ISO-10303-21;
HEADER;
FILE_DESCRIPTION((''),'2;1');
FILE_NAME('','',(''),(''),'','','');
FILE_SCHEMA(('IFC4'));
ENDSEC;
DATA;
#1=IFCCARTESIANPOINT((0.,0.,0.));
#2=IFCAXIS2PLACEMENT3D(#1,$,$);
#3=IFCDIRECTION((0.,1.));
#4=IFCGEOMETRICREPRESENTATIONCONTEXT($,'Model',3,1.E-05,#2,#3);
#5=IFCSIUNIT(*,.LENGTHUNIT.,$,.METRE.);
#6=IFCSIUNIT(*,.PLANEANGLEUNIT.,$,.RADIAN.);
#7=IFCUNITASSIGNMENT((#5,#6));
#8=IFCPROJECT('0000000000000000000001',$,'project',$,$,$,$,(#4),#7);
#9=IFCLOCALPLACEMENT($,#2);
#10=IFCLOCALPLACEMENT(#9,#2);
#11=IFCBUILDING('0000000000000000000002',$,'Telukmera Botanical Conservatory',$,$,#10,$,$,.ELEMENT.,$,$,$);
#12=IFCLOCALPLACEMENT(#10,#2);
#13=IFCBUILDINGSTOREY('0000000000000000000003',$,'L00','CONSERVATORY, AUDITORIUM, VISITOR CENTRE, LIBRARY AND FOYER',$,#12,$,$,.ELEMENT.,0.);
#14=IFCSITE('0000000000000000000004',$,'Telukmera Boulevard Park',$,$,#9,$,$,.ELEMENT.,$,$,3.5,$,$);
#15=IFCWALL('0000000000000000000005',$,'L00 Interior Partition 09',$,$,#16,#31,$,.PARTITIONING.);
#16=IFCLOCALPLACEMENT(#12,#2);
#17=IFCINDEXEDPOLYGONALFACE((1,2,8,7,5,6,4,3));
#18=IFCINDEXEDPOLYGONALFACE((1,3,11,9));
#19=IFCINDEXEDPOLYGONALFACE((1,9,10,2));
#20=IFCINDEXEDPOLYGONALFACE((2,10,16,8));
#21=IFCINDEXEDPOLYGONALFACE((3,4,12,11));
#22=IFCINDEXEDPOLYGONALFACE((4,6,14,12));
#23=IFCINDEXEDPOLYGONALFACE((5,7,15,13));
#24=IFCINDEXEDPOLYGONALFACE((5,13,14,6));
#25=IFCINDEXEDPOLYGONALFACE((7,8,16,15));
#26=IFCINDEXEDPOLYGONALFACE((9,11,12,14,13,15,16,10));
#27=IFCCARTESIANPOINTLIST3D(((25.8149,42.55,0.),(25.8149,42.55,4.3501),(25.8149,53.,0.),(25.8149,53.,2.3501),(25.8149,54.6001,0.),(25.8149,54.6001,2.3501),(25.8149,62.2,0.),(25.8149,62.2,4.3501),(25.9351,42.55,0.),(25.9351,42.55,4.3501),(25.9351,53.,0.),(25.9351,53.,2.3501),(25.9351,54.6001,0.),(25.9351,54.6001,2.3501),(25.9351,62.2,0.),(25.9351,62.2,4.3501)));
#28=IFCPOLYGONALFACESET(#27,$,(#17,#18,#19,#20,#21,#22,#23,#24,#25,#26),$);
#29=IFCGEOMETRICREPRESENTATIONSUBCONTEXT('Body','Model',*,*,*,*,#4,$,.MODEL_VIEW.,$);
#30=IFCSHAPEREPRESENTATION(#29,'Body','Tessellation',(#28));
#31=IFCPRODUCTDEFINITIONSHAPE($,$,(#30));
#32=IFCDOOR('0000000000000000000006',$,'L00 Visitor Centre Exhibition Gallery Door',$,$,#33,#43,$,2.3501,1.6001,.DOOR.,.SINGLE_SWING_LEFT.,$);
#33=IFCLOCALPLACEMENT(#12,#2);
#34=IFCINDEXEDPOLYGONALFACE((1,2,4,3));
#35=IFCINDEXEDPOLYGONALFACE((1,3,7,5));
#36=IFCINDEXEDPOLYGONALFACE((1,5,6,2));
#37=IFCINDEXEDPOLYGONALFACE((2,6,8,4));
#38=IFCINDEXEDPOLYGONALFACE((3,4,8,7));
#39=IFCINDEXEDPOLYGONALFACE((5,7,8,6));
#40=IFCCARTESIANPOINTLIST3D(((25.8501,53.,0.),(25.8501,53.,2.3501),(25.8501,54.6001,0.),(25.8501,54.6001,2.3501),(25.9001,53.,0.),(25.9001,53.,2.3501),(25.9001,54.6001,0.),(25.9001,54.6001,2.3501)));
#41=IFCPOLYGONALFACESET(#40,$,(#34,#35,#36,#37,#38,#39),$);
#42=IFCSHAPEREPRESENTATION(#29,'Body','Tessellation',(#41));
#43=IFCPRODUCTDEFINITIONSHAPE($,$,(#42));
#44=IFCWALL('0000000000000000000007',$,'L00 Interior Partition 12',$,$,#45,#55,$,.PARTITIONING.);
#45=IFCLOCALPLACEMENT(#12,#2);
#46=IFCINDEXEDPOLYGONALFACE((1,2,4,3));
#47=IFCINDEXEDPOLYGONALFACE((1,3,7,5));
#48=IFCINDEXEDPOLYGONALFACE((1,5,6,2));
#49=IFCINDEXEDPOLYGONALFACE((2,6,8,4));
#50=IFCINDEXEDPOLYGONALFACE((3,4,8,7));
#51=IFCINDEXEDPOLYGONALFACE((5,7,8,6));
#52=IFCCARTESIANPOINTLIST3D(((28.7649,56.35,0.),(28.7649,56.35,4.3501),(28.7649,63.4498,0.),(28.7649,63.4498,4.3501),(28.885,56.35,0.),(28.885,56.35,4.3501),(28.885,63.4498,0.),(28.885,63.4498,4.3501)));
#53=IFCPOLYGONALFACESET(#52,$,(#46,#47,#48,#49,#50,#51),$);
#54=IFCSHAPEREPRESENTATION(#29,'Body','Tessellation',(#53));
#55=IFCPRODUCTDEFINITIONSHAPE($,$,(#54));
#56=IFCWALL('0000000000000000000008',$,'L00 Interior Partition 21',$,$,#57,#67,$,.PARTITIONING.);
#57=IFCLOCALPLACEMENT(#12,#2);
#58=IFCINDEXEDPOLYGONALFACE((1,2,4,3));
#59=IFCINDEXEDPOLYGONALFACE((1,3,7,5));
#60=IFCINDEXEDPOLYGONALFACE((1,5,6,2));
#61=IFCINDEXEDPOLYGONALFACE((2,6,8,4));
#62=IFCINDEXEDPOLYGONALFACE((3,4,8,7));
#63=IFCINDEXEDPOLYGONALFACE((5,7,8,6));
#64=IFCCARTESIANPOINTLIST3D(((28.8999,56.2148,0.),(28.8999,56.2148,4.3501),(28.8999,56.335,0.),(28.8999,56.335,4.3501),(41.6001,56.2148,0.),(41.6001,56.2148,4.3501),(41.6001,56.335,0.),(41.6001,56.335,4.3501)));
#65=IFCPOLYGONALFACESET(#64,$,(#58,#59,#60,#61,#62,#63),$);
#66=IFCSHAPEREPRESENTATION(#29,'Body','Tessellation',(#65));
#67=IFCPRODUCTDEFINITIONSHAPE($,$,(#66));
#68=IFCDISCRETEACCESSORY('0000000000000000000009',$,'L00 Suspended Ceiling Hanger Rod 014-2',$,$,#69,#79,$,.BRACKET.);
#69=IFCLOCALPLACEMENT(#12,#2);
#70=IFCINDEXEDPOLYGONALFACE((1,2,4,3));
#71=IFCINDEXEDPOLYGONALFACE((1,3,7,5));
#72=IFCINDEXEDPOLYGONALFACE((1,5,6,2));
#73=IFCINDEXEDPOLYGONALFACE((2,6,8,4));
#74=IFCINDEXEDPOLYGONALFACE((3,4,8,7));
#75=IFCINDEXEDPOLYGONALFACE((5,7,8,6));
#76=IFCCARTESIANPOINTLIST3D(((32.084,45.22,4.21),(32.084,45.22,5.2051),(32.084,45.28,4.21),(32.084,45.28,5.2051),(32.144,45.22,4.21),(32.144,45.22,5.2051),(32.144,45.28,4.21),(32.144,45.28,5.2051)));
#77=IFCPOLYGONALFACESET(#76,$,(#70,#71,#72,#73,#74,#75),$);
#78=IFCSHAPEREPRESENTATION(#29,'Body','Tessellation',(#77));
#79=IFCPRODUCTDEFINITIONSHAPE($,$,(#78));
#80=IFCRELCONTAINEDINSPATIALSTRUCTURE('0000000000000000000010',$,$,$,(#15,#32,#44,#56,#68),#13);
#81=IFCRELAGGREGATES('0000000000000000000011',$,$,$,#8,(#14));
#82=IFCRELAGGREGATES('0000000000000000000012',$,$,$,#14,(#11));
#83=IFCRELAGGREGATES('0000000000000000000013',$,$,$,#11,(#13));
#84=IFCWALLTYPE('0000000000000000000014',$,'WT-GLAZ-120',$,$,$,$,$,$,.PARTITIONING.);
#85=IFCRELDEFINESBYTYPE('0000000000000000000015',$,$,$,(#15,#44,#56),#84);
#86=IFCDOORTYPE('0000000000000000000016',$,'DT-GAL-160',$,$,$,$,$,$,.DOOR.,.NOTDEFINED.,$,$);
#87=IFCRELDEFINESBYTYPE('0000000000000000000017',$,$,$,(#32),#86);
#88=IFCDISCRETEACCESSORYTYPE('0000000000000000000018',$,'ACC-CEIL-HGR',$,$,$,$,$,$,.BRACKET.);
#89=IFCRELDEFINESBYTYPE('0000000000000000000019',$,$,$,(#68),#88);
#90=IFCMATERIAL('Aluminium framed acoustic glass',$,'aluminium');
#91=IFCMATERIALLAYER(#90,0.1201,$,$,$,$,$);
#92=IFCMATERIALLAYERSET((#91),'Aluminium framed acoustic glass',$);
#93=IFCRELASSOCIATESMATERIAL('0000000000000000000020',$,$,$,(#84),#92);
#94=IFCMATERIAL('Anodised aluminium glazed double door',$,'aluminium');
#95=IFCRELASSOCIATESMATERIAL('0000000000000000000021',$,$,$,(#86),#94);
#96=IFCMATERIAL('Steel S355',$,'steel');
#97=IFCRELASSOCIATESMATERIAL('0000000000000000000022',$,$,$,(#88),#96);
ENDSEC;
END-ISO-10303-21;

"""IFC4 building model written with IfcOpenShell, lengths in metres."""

from ifc_helpers import new_model, si_unit, direction, frame, frame_2d, origin, origin_2d, place, context, subcontext, project, spatial, rectangle, extrude, material, layer, layer_set, type_object, element, fill, save


model = new_model("IFC4")

# Units and contexts
model_context = context("Model", 3, precision=1e-05, world=origin(), true_north=direction((0.0, 1.0)))
body_context = subcontext(model_context, "Body", "Model", "MODEL_VIEW")
ifc_project = project(units=[si_unit("LENGTHUNIT", "METRE"), si_unit("PLANEANGLEUNIT", "RADIAN")], contexts=[model_context])

# Site, building, storey
site_placement = place(None, origin())
site = spatial("IfcSite", under=ifc_project, at=site_placement, Name="Telukmera Boulevard Park", CompositionType="ELEMENT", RefElevation=3.5)
building_placement = place(site_placement, origin())
building = spatial("IfcBuilding", under=site, at=building_placement, Name="Telukmera Botanical Conservatory", CompositionType="ELEMENT")
storey_placement = place(building_placement, origin())
storey = spatial("IfcBuildingStorey", under=building, at=storey_placement, Name="L00", Description="CONSERVATORY, AUDITORIUM, VISITOR CENTRE, LIBRARY AND FOYER", CompositionType="ELEMENT", Elevation=0.0)

# Wall, opening, door
ifc_material_1 = material(Name="Aluminium framed acoustic glass", Category="aluminium")
ifc_layer_1 = layer(ifc_material_1, 0.1201)
ifc_layer_set_1 = layer_set([ifc_layer_1], Name="Aluminium framed acoustic glass")
wall_type = type_object("IfcWallType", Name="WT-GLAZ-120", PredefinedType="PARTITIONING", material=ifc_layer_set_1)
wall_1_placement = place(storey_placement, frame((25.875, 42.55, 0.0), z_axis=(0.0, 0.0, 1.0), x_axis=(0.0, 1.0, 0.0)))
wall_1 = element("IfcWall", 1, at=wall_1_placement, inside=storey, type_object=wall_type, Name="L00 Interior Partition 09", PredefinedType="PARTITIONING", context=body_context, shape_type="SweptSolid", body=[
    extrude(rectangle(XDim=19.6499, YDim=0.1201, at=frame_2d((9.825, 0.0))), origin(), (0.0, 0.0, 1.0), 4.3501),
])
opening_placement = place(wall_1_placement, frame((10.45, 0.0, 0.0)))
opening = element("IfcOpeningElement", 2, at=opening_placement, cuts=wall_1, PredefinedType="OPENING", context=body_context, shape_type="SweptSolid", body=[
    extrude(rectangle(XDim=1.6001, YDim=2.3501, at=frame_2d((0.8, 1.175))), frame((0.0, 0.0701, 0.0), z_axis=(0.0, -1.0, 0.0), x_axis=(1.0, 0.0, 0.0)), (0.0, 0.0, 1.0), 0.1401),
])
ifc_material_2 = material(Name="Anodised aluminium glazed double door", Category="aluminium")
door_type = type_object("IfcDoorType", Name="DT-GAL-160", OperationType="NOTDEFINED", PredefinedType="DOOR", material=ifc_material_2)
door_placement = place(opening_placement, origin())
door = element("IfcDoor", 3, at=door_placement, inside=storey, type_object=door_type, Name="L00 Visitor Centre Exhibition Gallery Door", OperationType="SINGLE_SWING_LEFT", OverallHeight=2.3501, OverallWidth=1.6001, PredefinedType="DOOR", context=body_context, shape_type="SweptSolid", body=[
    extrude(rectangle(XDim=1.6001, YDim=2.3501, at=frame_2d((0.8, 1.175))), frame((0.0, 0.0249, 0.0), z_axis=(0.0, -1.0, 0.0), x_axis=(1.0, 0.0, 0.0)), (0.0, 0.0, 1.0), 0.05),
])
fill(opening, door)

# Walls
wall_2_placement = place(storey_placement, frame((28.825, 56.3501, 0.0), z_axis=(0.0, 0.0, 1.0), x_axis=(0.0, 1.0, 0.0)))
element("IfcWall", 4, at=wall_2_placement, inside=storey, type_object=wall_type, Name="L00 Interior Partition 12", PredefinedType="PARTITIONING", context=body_context, shape_type="SweptSolid", body=[
    extrude(rectangle(XDim=7.0999, YDim=0.1201, at=frame_2d((3.5498, 0.0))), origin(), (0.0, 0.0, 1.0), 4.3501),
])
wall_3_placement = place(storey_placement, frame((28.8999, 56.2749, 0.0), z_axis=(0.0, 0.0, 1.0), x_axis=(1.0, 0.0, 0.0)))
element("IfcWall", 5, at=wall_3_placement, inside=storey, type_object=wall_type, Name="L00 Interior Partition 21", PredefinedType="PARTITIONING", context=body_context, shape_type="SweptSolid", body=[
    extrude(rectangle(XDim=12.7002, YDim=0.1201, at=frame_2d((6.3501, 0.0))), origin(), (0.0, 0.0, 1.0), 4.3501),
])

# Discrete accessory
ifc_material_3 = material(Name="Steel S355", Category="steel")
discrete_accessory_type = type_object("IfcDiscreteAccessoryType", Name="ACC-CEIL-HGR", PredefinedType="BRACKET", material=ifc_material_3)
discrete_accessory_placement = place(storey_placement, frame((32.114, 45.25, 4.21), z_axis=(0.0, 0.0, 1.0), x_axis=(1.0, 0.0, 0.0)))
element("IfcDiscreteAccessory", 6, at=discrete_accessory_placement, inside=storey, type_object=discrete_accessory_type, Name="L00 Suspended Ceiling Hanger Rod 014-2", PredefinedType="BRACKET", context=body_context, shape_type="SweptSolid", body=[
    extrude(rectangle(XDim=0.0601, YDim=0.0601, at=origin_2d()), origin(), (0.0, 0.0, 1.0), 0.9951),
])

save(model, "model.ifc")
